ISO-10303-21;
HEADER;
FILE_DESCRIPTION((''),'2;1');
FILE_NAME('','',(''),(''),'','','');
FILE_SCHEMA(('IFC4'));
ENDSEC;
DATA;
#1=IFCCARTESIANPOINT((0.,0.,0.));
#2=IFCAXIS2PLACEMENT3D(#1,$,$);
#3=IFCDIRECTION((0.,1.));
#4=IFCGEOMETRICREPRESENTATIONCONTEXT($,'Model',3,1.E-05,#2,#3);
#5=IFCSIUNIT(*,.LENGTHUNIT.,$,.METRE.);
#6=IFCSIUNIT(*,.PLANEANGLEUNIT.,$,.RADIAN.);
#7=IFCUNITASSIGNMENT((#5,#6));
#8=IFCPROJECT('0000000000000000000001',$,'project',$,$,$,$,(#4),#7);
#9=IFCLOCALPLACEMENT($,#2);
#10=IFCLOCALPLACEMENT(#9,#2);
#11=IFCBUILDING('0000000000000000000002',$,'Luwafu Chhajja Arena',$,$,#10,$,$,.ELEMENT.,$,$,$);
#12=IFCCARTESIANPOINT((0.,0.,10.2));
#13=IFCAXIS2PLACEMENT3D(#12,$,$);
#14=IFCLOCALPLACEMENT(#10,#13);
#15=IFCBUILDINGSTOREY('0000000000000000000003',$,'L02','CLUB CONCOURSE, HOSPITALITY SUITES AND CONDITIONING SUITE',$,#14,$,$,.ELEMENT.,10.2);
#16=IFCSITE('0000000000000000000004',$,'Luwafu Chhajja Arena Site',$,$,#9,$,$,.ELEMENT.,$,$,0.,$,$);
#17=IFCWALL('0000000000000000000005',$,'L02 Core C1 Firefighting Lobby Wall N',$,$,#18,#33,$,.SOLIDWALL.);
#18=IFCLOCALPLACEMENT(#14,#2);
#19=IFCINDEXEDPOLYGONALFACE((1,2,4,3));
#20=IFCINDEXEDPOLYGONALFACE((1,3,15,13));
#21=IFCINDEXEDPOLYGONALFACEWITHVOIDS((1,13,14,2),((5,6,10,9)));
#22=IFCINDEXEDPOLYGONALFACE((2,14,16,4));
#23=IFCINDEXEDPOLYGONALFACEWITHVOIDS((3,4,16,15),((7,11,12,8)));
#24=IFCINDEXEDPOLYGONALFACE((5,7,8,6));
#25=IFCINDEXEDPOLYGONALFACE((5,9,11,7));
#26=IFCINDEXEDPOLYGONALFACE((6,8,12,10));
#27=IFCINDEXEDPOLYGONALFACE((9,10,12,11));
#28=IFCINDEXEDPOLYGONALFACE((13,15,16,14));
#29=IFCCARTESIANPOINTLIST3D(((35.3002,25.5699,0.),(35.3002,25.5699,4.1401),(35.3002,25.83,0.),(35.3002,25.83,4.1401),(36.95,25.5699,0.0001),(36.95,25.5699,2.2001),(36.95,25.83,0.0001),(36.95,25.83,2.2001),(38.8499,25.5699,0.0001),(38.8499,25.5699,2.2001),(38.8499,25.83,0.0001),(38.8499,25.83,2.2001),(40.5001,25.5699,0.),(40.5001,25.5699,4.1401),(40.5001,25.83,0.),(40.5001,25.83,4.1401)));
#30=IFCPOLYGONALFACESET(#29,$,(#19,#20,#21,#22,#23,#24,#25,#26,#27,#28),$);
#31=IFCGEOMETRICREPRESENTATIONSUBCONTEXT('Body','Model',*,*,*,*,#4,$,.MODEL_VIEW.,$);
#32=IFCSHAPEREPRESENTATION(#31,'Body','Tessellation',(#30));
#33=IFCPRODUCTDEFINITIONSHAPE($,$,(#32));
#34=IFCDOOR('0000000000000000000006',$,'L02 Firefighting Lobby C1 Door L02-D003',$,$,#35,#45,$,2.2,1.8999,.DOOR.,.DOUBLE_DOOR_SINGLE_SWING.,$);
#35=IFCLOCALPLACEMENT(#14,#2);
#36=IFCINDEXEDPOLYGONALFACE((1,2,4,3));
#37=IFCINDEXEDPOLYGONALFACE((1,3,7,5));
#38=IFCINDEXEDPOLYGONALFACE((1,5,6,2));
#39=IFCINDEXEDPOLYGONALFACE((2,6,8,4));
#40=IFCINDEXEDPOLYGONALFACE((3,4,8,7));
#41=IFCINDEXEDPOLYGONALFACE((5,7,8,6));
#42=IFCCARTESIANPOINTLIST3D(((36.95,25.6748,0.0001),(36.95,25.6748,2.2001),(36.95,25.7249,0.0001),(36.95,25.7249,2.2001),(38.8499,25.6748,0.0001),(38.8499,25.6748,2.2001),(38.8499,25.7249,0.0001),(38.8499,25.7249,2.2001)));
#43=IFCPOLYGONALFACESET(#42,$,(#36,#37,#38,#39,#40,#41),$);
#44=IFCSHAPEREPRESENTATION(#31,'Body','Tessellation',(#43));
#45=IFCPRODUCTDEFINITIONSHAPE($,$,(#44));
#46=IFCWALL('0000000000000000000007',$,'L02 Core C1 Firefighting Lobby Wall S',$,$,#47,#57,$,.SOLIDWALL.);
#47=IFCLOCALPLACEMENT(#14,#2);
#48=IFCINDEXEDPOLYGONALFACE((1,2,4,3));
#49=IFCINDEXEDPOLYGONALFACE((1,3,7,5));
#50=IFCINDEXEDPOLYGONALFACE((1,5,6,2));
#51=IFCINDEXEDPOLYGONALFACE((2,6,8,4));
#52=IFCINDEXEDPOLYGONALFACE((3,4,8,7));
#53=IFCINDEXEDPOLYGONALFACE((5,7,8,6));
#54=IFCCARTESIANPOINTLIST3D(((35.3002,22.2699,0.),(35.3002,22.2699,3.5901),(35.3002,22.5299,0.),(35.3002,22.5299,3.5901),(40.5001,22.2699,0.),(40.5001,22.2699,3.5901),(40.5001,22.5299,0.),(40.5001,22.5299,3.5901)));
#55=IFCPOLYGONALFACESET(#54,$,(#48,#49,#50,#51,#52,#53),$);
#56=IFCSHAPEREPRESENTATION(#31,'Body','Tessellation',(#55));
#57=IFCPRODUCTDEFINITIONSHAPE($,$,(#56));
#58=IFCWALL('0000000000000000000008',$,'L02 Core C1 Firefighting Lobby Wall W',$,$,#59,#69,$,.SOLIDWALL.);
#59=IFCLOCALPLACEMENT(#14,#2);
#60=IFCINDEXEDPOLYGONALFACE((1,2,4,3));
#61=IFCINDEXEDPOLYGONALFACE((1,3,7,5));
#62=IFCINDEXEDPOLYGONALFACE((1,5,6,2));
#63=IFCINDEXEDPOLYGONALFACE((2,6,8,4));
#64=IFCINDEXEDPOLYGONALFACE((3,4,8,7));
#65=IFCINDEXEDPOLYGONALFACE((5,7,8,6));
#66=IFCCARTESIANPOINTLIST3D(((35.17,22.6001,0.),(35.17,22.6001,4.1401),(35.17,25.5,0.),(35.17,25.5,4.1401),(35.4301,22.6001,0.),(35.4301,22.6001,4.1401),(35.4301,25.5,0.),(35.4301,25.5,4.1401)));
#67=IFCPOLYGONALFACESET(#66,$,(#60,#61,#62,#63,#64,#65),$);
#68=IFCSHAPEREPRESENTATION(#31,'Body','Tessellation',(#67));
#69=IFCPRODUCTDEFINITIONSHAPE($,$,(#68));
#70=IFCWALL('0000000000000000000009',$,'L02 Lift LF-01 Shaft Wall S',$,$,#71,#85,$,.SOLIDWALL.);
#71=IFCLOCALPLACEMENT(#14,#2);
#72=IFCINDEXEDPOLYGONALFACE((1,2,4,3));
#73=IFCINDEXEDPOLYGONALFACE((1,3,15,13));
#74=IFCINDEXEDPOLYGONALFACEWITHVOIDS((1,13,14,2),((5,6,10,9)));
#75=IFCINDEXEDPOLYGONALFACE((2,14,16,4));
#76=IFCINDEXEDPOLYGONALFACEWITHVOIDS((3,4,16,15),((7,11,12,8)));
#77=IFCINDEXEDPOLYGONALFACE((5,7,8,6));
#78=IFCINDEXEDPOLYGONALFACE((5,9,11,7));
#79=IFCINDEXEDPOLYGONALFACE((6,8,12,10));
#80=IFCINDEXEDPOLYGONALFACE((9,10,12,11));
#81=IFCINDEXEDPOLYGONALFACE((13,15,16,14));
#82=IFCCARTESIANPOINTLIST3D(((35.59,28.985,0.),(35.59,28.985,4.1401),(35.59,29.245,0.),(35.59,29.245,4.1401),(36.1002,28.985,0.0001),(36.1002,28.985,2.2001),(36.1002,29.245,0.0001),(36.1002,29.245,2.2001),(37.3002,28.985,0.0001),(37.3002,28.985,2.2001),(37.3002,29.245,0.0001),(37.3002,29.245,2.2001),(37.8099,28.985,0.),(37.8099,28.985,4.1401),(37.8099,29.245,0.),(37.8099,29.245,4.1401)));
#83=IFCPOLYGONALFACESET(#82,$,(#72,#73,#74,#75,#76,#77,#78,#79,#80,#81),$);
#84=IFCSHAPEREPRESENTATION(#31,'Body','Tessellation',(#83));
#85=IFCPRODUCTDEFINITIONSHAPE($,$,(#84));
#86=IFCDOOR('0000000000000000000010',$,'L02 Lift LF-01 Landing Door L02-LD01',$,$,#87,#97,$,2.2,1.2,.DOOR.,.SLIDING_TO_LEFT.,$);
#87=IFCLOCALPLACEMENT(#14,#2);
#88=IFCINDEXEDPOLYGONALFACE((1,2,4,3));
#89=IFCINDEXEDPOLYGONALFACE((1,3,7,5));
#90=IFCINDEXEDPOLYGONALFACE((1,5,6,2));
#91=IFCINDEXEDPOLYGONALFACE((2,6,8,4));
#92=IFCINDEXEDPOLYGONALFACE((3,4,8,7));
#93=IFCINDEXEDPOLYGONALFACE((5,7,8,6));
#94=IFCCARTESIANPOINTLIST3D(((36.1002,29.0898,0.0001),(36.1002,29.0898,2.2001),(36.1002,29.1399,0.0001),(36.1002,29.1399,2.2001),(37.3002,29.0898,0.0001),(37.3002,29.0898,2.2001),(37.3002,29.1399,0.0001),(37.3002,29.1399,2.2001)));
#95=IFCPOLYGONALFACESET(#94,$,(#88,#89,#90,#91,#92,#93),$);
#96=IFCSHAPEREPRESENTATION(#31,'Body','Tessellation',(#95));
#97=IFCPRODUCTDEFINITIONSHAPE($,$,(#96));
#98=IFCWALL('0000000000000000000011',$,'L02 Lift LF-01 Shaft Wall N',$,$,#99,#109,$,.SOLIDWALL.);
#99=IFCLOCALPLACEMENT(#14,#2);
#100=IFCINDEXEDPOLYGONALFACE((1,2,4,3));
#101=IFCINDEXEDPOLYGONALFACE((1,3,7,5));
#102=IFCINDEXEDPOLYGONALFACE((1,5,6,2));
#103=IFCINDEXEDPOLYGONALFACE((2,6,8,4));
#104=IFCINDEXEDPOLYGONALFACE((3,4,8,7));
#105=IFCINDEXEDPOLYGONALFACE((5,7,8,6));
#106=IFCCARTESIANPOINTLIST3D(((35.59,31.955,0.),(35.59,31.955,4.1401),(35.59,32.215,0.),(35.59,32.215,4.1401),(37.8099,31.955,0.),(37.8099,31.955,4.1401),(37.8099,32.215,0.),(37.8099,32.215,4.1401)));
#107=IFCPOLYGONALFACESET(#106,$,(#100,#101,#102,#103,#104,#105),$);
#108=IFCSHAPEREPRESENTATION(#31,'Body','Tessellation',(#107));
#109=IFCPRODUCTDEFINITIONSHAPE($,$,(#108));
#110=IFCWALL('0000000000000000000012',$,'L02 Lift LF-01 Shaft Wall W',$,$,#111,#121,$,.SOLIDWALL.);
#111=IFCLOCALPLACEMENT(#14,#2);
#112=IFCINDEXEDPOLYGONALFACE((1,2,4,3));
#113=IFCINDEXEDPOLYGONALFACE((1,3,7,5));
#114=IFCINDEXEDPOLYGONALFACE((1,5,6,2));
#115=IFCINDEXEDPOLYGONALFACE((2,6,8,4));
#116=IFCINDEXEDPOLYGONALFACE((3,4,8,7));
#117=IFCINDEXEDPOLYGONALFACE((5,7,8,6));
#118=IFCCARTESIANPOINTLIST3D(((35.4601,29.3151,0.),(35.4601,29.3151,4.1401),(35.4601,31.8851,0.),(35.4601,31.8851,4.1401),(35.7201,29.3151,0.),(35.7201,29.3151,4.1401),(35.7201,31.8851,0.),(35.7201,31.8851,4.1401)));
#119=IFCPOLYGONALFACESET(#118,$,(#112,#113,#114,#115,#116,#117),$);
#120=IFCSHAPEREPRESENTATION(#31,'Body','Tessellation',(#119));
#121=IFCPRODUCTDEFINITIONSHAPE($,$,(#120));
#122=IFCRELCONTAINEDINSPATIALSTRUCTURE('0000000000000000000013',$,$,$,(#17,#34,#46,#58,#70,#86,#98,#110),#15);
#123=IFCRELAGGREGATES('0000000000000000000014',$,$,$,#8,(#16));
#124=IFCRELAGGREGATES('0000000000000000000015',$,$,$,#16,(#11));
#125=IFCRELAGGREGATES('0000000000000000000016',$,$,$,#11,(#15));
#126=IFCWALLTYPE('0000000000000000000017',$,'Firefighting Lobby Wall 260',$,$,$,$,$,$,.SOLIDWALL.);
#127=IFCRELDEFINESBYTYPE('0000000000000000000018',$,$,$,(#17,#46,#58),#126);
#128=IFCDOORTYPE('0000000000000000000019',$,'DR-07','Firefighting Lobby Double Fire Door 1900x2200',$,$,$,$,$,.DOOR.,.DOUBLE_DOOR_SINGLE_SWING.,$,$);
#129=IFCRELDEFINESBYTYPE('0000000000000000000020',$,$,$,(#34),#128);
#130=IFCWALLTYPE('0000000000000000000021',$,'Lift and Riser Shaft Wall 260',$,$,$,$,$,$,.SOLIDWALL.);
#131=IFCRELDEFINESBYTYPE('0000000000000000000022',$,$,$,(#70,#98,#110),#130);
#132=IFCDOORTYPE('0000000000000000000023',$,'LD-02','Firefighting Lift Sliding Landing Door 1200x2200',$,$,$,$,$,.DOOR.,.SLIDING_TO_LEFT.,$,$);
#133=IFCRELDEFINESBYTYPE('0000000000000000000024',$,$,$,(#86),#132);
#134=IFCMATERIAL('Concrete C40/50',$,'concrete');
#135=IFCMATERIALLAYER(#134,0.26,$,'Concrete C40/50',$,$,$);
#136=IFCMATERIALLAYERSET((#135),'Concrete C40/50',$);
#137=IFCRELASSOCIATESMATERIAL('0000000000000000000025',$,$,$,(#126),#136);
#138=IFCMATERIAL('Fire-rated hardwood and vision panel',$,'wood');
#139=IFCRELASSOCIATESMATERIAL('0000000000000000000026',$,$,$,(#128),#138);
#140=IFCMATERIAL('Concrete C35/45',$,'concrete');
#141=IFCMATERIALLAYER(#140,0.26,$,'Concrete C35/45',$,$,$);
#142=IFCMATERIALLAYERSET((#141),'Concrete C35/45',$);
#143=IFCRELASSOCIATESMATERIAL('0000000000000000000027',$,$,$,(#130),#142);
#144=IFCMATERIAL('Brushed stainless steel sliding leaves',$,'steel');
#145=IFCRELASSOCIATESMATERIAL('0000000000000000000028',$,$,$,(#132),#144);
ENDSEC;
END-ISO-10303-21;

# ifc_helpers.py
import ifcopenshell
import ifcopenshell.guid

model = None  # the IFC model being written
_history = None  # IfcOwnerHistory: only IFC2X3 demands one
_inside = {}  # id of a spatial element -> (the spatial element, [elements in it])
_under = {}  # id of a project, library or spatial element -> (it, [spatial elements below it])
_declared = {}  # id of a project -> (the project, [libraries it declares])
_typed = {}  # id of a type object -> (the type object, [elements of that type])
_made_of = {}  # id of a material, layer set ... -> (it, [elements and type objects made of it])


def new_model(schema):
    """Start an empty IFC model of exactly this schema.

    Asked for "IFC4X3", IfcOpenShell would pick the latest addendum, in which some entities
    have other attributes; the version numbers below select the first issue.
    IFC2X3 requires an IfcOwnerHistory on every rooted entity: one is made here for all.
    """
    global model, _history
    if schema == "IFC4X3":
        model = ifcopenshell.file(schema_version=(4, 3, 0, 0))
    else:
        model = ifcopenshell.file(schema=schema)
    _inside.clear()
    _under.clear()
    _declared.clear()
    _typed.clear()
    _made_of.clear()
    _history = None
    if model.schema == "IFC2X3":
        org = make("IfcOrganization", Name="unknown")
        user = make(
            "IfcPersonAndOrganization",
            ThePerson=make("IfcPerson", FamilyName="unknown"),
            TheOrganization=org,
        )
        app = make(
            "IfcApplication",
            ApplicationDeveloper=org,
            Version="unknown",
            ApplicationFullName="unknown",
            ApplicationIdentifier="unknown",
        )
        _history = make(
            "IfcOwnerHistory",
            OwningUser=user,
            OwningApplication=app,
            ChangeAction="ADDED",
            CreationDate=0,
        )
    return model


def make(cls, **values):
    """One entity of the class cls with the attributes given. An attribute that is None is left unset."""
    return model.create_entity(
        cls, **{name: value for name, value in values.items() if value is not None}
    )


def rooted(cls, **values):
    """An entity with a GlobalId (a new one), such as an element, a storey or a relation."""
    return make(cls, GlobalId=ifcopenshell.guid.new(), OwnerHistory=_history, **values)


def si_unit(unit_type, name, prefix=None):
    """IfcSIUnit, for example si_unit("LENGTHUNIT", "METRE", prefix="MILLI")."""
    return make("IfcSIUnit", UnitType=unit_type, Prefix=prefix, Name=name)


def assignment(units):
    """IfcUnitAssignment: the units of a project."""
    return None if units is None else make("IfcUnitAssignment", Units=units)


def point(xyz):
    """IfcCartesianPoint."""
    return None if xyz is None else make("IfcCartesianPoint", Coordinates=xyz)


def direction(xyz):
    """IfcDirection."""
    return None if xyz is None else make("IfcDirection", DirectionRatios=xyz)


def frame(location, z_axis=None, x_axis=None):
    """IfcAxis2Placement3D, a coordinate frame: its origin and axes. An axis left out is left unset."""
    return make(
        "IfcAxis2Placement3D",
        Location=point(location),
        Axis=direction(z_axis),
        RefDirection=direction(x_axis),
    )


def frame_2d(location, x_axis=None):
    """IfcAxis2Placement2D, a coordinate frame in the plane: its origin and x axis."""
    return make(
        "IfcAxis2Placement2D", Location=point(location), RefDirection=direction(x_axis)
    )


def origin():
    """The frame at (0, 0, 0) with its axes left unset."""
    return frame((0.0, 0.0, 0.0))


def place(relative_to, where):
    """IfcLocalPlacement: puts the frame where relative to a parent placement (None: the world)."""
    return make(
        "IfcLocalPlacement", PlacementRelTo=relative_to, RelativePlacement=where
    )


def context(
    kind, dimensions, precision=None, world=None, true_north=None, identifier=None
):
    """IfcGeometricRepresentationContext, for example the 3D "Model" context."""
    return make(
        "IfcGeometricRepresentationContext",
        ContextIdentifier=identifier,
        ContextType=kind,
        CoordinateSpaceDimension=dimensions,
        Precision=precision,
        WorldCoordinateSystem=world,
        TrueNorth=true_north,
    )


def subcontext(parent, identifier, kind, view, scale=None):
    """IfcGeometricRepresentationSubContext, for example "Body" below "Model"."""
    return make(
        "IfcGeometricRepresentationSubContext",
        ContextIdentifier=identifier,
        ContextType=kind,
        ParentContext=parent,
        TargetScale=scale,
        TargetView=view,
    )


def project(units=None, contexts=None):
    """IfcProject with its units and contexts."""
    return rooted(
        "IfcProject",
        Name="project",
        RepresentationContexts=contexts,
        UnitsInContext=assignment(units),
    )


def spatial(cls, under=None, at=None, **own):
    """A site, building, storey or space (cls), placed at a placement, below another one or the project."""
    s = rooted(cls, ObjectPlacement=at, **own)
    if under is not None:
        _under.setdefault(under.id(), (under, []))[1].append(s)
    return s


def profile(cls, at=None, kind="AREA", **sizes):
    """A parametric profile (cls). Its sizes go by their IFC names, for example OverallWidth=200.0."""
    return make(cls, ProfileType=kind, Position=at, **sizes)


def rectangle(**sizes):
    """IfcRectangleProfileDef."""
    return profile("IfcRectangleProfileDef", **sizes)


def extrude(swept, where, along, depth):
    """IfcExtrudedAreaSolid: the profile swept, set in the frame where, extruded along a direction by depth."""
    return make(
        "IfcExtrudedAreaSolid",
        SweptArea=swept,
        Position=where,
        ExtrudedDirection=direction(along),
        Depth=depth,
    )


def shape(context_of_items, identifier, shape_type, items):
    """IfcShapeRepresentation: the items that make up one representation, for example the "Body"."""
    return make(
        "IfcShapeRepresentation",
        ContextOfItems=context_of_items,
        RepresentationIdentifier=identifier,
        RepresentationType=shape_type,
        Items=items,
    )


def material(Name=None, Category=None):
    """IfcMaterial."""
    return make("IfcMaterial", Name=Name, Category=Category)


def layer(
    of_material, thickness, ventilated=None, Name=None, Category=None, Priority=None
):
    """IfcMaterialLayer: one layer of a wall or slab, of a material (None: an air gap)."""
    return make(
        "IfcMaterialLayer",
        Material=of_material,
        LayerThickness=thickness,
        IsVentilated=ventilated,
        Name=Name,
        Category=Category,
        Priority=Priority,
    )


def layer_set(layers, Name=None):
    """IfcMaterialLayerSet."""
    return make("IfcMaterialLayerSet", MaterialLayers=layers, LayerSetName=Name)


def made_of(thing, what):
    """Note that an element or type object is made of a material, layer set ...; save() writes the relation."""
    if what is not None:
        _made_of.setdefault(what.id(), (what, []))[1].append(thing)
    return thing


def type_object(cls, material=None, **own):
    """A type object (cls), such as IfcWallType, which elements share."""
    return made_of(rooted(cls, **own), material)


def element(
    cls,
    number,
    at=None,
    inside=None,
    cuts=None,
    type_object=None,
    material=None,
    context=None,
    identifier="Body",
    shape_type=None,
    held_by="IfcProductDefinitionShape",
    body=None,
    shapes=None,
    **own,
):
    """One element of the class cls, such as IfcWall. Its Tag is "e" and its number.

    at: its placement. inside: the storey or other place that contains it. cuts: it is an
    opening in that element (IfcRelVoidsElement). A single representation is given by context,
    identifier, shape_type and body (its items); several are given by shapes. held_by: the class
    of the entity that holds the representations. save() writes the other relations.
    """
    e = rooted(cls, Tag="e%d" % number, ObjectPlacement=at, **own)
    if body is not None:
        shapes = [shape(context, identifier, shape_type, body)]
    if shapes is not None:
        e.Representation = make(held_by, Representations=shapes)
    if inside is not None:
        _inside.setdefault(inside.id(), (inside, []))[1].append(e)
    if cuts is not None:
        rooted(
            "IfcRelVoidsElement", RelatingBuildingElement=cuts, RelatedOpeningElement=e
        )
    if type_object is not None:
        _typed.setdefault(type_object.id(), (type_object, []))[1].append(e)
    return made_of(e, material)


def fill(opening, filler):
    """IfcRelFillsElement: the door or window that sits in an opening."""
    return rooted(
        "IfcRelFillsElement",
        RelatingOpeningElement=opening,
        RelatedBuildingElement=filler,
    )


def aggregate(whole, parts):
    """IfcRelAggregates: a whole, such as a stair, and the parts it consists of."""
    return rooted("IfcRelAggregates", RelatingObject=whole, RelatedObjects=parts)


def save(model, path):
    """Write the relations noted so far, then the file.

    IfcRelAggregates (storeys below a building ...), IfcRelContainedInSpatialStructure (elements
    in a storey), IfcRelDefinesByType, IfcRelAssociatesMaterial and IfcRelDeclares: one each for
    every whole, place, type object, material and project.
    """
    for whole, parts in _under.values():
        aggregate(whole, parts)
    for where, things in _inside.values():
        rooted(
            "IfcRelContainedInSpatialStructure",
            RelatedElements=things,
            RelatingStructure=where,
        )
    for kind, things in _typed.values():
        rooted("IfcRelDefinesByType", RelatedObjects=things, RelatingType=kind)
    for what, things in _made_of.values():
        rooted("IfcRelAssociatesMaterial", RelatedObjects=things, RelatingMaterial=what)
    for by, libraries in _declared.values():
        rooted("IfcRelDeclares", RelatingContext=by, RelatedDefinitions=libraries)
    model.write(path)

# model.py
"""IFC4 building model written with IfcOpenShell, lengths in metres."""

from ifc_helpers import new_model, si_unit, direction, frame, frame_2d, origin, place, context, subcontext, project, spatial, rectangle, extrude, material, layer, layer_set, type_object, element, fill, save


model = new_model("IFC4")

# Units and contexts
model_context = context("Model", 3, precision=1e-05, world=origin(), true_north=direction((0.0, 1.0)))
body_context = subcontext(model_context, "Body", "Model", "MODEL_VIEW")
ifc_project = project(units=[si_unit("LENGTHUNIT", "METRE"), si_unit("PLANEANGLEUNIT", "RADIAN")], contexts=[model_context])

# Site, building, storey
site_placement = place(None, origin())
site = spatial("IfcSite", under=ifc_project, at=site_placement, Name="Luwafu Chhajja Arena Site", CompositionType="ELEMENT", RefElevation=0.0)
building_placement = place(site_placement, origin())
building = spatial("IfcBuilding", under=site, at=building_placement, Name="Luwafu Chhajja Arena", CompositionType="ELEMENT")
storey_placement = place(building_placement, frame((0.0, 0.0, 10.2)))
storey = spatial("IfcBuildingStorey", under=building, at=storey_placement, Name="L02", Description="CLUB CONCOURSE, HOSPITALITY SUITES AND CONDITIONING SUITE", CompositionType="ELEMENT", Elevation=10.2)

# Shared definitions
ifc_material_1 = material(Name="Concrete C35/45", Category="concrete")
ifc_material_2 = material(Name="Concrete C40/50", Category="concrete")

# Wall, opening, door
ifc_layer_1 = layer(ifc_material_2, 0.26, Name="Concrete C40/50")
ifc_layer_set_1 = layer_set([ifc_layer_1], Name="Concrete C40/50")
wall_type_1 = type_object("IfcWallType", Name="Firefighting Lobby Wall 260", PredefinedType="SOLIDWALL", material=ifc_layer_set_1)
wall_1_placement = place(storey_placement, frame((35.3, 25.7, 0.0), z_axis=(0.0, 0.0, 1.0), x_axis=(1.0, 0.0, 0.0)))
wall_1 = element("IfcWall", 1, at=wall_1_placement, inside=storey, type_object=wall_type_1, Name="L02 Core C1 Firefighting Lobby Wall N", PredefinedType="SOLIDWALL", context=body_context, shape_type="SweptSolid", body=[
    extrude(rectangle(XDim=5.2, YDim=0.26, at=frame_2d((2.6001, 0.0))), origin(), (0.0, 0.0, 1.0), 4.1401),
])
opening_1_placement = place(wall_1_placement, frame((1.6499, 0.0, 0.0)))
opening_1 = element("IfcOpeningElement", 2, at=opening_1_placement, cuts=wall_1, PredefinedType="OPENING", context=body_context, shape_type="SweptSolid", body=[
    extrude(rectangle(XDim=1.8999, YDim=2.2, at=frame_2d((0.95, 1.1001))), frame((0.0, 0.1399, 0.0), z_axis=(0.0, -1.0, 0.0), x_axis=(1.0, 0.0, 0.0)), (0.0, 0.0, 1.0), 0.28),
])
ifc_material_3 = material(Name="Fire-rated hardwood and vision panel", Category="wood")
door_type_1 = type_object("IfcDoorType", Name="DR-07", Description="Firefighting Lobby Double Fire Door 1900x2200", OperationType="DOUBLE_DOOR_SINGLE_SWING", PredefinedType="DOOR", material=ifc_material_3)
door_1_placement = place(opening_1_placement, origin())
door_1 = element("IfcDoor", 3, at=door_1_placement, inside=storey, type_object=door_type_1, Name="L02 Firefighting Lobby C1 Door L02-D003", OperationType="DOUBLE_DOOR_SINGLE_SWING", OverallHeight=2.2, OverallWidth=1.8999, PredefinedType="DOOR", context=body_context, shape_type="SweptSolid", body=[
    extrude(rectangle(XDim=1.8999, YDim=2.2, at=frame_2d((0.95, 1.1001))), frame((0.0, 0.0249, 0.0), z_axis=(0.0, -1.0, 0.0), x_axis=(1.0, 0.0, 0.0)), (0.0, 0.0, 1.0), 0.05),
])
fill(opening_1, door_1)

# Walls
wall_2_placement = place(storey_placement, frame((35.3, 22.3999, 0.0), z_axis=(0.0, 0.0, 1.0), x_axis=(1.0, 0.0, 0.0)))
element("IfcWall", 4, at=wall_2_placement, inside=storey, type_object=wall_type_1, Name="L02 Core C1 Firefighting Lobby Wall S", PredefinedType="SOLIDWALL", context=body_context, shape_type="SweptSolid", body=[
    extrude(rectangle(XDim=5.2, YDim=0.26, at=frame_2d((2.6001, 0.0))), origin(), (0.0, 0.0, 1.0), 3.5901),
])
wall_3_placement = place(storey_placement, frame((35.3, 22.6001, 0.0), z_axis=(0.0, 0.0, 1.0), x_axis=(0.0, 1.0, 0.0)))
element("IfcWall", 5, at=wall_3_placement, inside=storey, type_object=wall_type_1, Name="L02 Core C1 Firefighting Lobby Wall W", PredefinedType="SOLIDWALL", context=body_context, shape_type="SweptSolid", body=[
    extrude(rectangle(XDim=2.8999, YDim=0.26, at=frame_2d((1.45, 0.0))), origin(), (0.0, 0.0, 1.0), 4.1401),
])

# Wall, opening, door
ifc_layer_2 = layer(ifc_material_1, 0.26, Name="Concrete C35/45")
ifc_layer_set_2 = layer_set([ifc_layer_2], Name="Concrete C35/45")
wall_type_2 = type_object("IfcWallType", Name="Lift and Riser Shaft Wall 260", PredefinedType="SOLIDWALL", material=ifc_layer_set_2)
wall_4_placement = place(storey_placement, frame((35.5901, 29.115, 0.0), z_axis=(0.0, 0.0, 1.0), x_axis=(1.0, 0.0, 0.0)))
wall_4 = element("IfcWall", 6, at=wall_4_placement, inside=storey, type_object=wall_type_2, Name="L02 Lift LF-01 Shaft Wall S", PredefinedType="SOLIDWALL", context=body_context, shape_type="SweptSolid", body=[
    extrude(rectangle(XDim=2.22, YDim=0.26, at=frame_2d((1.1099, 0.0))), origin(), (0.0, 0.0, 1.0), 4.1401),
])
opening_2_placement = place(wall_4_placement, frame((0.51, 0.0, 0.0)))
opening_2 = element("IfcOpeningElement", 7, at=opening_2_placement, cuts=wall_4, PredefinedType="OPENING", context=body_context, shape_type="SweptSolid", body=[
    extrude(rectangle(XDim=1.2, YDim=2.2, at=frame_2d((0.6001, 1.1001))), frame((0.0, 0.1399, 0.0), z_axis=(0.0, -1.0, 0.0), x_axis=(1.0, 0.0, 0.0)), (0.0, 0.0, 1.0), 0.28),
])
ifc_material_4 = material(Name="Brushed stainless steel sliding leaves", Category="steel")
door_type_2 = type_object("IfcDoorType", Name="LD-02", Description="Firefighting Lift Sliding Landing Door 1200x2200", OperationType="SLIDING_TO_LEFT", PredefinedType="DOOR", material=ifc_material_4)
door_2_placement = place(opening_2_placement, origin())
door_2 = element("IfcDoor", 8, at=door_2_placement, inside=storey, type_object=door_type_2, Name="L02 Lift LF-01 Landing Door L02-LD01", OperationType="SLIDING_TO_LEFT", OverallHeight=2.2, OverallWidth=1.2, PredefinedType="DOOR", context=body_context, shape_type="SweptSolid", body=[
    extrude(rectangle(XDim=1.2, YDim=2.2, at=frame_2d((0.6001, 1.1001))), frame((0.0, 0.0249, 0.0), z_axis=(0.0, -1.0, 0.0), x_axis=(1.0, 0.0, 0.0)), (0.0, 0.0, 1.0), 0.05),
])
fill(opening_2, door_2)

# Walls
wall_5_placement = place(storey_placement, frame((35.5901, 32.085, 0.0), z_axis=(0.0, 0.0, 1.0), x_axis=(1.0, 0.0, 0.0)))
element("IfcWall", 9, at=wall_5_placement, inside=storey, type_object=wall_type_2, Name="L02 Lift LF-01 Shaft Wall N", PredefinedType="SOLIDWALL", context=body_context, shape_type="SweptSolid", body=[
    extrude(rectangle(XDim=2.22, YDim=0.26, at=frame_2d((1.1099, 0.0))), origin(), (0.0, 0.0, 1.0), 4.1401),
])
wall_6_placement = place(storey_placement, frame((35.5901, 29.3149, 0.0), z_axis=(0.0, 0.0, 1.0), x_axis=(0.0, 1.0, 0.0)))
element("IfcWall", 10, at=wall_6_placement, inside=storey, type_object=wall_type_2, Name="L02 Lift LF-01 Shaft Wall W", PredefinedType="SOLIDWALL", context=body_context, shape_type="SweptSolid", body=[
    extrude(rectangle(XDim=2.5701, YDim=0.26, at=frame_2d((1.2852, 0.0))), origin(), (0.0, 0.0, 1.0), 4.1401),
])

save(model, "model.ifc")
